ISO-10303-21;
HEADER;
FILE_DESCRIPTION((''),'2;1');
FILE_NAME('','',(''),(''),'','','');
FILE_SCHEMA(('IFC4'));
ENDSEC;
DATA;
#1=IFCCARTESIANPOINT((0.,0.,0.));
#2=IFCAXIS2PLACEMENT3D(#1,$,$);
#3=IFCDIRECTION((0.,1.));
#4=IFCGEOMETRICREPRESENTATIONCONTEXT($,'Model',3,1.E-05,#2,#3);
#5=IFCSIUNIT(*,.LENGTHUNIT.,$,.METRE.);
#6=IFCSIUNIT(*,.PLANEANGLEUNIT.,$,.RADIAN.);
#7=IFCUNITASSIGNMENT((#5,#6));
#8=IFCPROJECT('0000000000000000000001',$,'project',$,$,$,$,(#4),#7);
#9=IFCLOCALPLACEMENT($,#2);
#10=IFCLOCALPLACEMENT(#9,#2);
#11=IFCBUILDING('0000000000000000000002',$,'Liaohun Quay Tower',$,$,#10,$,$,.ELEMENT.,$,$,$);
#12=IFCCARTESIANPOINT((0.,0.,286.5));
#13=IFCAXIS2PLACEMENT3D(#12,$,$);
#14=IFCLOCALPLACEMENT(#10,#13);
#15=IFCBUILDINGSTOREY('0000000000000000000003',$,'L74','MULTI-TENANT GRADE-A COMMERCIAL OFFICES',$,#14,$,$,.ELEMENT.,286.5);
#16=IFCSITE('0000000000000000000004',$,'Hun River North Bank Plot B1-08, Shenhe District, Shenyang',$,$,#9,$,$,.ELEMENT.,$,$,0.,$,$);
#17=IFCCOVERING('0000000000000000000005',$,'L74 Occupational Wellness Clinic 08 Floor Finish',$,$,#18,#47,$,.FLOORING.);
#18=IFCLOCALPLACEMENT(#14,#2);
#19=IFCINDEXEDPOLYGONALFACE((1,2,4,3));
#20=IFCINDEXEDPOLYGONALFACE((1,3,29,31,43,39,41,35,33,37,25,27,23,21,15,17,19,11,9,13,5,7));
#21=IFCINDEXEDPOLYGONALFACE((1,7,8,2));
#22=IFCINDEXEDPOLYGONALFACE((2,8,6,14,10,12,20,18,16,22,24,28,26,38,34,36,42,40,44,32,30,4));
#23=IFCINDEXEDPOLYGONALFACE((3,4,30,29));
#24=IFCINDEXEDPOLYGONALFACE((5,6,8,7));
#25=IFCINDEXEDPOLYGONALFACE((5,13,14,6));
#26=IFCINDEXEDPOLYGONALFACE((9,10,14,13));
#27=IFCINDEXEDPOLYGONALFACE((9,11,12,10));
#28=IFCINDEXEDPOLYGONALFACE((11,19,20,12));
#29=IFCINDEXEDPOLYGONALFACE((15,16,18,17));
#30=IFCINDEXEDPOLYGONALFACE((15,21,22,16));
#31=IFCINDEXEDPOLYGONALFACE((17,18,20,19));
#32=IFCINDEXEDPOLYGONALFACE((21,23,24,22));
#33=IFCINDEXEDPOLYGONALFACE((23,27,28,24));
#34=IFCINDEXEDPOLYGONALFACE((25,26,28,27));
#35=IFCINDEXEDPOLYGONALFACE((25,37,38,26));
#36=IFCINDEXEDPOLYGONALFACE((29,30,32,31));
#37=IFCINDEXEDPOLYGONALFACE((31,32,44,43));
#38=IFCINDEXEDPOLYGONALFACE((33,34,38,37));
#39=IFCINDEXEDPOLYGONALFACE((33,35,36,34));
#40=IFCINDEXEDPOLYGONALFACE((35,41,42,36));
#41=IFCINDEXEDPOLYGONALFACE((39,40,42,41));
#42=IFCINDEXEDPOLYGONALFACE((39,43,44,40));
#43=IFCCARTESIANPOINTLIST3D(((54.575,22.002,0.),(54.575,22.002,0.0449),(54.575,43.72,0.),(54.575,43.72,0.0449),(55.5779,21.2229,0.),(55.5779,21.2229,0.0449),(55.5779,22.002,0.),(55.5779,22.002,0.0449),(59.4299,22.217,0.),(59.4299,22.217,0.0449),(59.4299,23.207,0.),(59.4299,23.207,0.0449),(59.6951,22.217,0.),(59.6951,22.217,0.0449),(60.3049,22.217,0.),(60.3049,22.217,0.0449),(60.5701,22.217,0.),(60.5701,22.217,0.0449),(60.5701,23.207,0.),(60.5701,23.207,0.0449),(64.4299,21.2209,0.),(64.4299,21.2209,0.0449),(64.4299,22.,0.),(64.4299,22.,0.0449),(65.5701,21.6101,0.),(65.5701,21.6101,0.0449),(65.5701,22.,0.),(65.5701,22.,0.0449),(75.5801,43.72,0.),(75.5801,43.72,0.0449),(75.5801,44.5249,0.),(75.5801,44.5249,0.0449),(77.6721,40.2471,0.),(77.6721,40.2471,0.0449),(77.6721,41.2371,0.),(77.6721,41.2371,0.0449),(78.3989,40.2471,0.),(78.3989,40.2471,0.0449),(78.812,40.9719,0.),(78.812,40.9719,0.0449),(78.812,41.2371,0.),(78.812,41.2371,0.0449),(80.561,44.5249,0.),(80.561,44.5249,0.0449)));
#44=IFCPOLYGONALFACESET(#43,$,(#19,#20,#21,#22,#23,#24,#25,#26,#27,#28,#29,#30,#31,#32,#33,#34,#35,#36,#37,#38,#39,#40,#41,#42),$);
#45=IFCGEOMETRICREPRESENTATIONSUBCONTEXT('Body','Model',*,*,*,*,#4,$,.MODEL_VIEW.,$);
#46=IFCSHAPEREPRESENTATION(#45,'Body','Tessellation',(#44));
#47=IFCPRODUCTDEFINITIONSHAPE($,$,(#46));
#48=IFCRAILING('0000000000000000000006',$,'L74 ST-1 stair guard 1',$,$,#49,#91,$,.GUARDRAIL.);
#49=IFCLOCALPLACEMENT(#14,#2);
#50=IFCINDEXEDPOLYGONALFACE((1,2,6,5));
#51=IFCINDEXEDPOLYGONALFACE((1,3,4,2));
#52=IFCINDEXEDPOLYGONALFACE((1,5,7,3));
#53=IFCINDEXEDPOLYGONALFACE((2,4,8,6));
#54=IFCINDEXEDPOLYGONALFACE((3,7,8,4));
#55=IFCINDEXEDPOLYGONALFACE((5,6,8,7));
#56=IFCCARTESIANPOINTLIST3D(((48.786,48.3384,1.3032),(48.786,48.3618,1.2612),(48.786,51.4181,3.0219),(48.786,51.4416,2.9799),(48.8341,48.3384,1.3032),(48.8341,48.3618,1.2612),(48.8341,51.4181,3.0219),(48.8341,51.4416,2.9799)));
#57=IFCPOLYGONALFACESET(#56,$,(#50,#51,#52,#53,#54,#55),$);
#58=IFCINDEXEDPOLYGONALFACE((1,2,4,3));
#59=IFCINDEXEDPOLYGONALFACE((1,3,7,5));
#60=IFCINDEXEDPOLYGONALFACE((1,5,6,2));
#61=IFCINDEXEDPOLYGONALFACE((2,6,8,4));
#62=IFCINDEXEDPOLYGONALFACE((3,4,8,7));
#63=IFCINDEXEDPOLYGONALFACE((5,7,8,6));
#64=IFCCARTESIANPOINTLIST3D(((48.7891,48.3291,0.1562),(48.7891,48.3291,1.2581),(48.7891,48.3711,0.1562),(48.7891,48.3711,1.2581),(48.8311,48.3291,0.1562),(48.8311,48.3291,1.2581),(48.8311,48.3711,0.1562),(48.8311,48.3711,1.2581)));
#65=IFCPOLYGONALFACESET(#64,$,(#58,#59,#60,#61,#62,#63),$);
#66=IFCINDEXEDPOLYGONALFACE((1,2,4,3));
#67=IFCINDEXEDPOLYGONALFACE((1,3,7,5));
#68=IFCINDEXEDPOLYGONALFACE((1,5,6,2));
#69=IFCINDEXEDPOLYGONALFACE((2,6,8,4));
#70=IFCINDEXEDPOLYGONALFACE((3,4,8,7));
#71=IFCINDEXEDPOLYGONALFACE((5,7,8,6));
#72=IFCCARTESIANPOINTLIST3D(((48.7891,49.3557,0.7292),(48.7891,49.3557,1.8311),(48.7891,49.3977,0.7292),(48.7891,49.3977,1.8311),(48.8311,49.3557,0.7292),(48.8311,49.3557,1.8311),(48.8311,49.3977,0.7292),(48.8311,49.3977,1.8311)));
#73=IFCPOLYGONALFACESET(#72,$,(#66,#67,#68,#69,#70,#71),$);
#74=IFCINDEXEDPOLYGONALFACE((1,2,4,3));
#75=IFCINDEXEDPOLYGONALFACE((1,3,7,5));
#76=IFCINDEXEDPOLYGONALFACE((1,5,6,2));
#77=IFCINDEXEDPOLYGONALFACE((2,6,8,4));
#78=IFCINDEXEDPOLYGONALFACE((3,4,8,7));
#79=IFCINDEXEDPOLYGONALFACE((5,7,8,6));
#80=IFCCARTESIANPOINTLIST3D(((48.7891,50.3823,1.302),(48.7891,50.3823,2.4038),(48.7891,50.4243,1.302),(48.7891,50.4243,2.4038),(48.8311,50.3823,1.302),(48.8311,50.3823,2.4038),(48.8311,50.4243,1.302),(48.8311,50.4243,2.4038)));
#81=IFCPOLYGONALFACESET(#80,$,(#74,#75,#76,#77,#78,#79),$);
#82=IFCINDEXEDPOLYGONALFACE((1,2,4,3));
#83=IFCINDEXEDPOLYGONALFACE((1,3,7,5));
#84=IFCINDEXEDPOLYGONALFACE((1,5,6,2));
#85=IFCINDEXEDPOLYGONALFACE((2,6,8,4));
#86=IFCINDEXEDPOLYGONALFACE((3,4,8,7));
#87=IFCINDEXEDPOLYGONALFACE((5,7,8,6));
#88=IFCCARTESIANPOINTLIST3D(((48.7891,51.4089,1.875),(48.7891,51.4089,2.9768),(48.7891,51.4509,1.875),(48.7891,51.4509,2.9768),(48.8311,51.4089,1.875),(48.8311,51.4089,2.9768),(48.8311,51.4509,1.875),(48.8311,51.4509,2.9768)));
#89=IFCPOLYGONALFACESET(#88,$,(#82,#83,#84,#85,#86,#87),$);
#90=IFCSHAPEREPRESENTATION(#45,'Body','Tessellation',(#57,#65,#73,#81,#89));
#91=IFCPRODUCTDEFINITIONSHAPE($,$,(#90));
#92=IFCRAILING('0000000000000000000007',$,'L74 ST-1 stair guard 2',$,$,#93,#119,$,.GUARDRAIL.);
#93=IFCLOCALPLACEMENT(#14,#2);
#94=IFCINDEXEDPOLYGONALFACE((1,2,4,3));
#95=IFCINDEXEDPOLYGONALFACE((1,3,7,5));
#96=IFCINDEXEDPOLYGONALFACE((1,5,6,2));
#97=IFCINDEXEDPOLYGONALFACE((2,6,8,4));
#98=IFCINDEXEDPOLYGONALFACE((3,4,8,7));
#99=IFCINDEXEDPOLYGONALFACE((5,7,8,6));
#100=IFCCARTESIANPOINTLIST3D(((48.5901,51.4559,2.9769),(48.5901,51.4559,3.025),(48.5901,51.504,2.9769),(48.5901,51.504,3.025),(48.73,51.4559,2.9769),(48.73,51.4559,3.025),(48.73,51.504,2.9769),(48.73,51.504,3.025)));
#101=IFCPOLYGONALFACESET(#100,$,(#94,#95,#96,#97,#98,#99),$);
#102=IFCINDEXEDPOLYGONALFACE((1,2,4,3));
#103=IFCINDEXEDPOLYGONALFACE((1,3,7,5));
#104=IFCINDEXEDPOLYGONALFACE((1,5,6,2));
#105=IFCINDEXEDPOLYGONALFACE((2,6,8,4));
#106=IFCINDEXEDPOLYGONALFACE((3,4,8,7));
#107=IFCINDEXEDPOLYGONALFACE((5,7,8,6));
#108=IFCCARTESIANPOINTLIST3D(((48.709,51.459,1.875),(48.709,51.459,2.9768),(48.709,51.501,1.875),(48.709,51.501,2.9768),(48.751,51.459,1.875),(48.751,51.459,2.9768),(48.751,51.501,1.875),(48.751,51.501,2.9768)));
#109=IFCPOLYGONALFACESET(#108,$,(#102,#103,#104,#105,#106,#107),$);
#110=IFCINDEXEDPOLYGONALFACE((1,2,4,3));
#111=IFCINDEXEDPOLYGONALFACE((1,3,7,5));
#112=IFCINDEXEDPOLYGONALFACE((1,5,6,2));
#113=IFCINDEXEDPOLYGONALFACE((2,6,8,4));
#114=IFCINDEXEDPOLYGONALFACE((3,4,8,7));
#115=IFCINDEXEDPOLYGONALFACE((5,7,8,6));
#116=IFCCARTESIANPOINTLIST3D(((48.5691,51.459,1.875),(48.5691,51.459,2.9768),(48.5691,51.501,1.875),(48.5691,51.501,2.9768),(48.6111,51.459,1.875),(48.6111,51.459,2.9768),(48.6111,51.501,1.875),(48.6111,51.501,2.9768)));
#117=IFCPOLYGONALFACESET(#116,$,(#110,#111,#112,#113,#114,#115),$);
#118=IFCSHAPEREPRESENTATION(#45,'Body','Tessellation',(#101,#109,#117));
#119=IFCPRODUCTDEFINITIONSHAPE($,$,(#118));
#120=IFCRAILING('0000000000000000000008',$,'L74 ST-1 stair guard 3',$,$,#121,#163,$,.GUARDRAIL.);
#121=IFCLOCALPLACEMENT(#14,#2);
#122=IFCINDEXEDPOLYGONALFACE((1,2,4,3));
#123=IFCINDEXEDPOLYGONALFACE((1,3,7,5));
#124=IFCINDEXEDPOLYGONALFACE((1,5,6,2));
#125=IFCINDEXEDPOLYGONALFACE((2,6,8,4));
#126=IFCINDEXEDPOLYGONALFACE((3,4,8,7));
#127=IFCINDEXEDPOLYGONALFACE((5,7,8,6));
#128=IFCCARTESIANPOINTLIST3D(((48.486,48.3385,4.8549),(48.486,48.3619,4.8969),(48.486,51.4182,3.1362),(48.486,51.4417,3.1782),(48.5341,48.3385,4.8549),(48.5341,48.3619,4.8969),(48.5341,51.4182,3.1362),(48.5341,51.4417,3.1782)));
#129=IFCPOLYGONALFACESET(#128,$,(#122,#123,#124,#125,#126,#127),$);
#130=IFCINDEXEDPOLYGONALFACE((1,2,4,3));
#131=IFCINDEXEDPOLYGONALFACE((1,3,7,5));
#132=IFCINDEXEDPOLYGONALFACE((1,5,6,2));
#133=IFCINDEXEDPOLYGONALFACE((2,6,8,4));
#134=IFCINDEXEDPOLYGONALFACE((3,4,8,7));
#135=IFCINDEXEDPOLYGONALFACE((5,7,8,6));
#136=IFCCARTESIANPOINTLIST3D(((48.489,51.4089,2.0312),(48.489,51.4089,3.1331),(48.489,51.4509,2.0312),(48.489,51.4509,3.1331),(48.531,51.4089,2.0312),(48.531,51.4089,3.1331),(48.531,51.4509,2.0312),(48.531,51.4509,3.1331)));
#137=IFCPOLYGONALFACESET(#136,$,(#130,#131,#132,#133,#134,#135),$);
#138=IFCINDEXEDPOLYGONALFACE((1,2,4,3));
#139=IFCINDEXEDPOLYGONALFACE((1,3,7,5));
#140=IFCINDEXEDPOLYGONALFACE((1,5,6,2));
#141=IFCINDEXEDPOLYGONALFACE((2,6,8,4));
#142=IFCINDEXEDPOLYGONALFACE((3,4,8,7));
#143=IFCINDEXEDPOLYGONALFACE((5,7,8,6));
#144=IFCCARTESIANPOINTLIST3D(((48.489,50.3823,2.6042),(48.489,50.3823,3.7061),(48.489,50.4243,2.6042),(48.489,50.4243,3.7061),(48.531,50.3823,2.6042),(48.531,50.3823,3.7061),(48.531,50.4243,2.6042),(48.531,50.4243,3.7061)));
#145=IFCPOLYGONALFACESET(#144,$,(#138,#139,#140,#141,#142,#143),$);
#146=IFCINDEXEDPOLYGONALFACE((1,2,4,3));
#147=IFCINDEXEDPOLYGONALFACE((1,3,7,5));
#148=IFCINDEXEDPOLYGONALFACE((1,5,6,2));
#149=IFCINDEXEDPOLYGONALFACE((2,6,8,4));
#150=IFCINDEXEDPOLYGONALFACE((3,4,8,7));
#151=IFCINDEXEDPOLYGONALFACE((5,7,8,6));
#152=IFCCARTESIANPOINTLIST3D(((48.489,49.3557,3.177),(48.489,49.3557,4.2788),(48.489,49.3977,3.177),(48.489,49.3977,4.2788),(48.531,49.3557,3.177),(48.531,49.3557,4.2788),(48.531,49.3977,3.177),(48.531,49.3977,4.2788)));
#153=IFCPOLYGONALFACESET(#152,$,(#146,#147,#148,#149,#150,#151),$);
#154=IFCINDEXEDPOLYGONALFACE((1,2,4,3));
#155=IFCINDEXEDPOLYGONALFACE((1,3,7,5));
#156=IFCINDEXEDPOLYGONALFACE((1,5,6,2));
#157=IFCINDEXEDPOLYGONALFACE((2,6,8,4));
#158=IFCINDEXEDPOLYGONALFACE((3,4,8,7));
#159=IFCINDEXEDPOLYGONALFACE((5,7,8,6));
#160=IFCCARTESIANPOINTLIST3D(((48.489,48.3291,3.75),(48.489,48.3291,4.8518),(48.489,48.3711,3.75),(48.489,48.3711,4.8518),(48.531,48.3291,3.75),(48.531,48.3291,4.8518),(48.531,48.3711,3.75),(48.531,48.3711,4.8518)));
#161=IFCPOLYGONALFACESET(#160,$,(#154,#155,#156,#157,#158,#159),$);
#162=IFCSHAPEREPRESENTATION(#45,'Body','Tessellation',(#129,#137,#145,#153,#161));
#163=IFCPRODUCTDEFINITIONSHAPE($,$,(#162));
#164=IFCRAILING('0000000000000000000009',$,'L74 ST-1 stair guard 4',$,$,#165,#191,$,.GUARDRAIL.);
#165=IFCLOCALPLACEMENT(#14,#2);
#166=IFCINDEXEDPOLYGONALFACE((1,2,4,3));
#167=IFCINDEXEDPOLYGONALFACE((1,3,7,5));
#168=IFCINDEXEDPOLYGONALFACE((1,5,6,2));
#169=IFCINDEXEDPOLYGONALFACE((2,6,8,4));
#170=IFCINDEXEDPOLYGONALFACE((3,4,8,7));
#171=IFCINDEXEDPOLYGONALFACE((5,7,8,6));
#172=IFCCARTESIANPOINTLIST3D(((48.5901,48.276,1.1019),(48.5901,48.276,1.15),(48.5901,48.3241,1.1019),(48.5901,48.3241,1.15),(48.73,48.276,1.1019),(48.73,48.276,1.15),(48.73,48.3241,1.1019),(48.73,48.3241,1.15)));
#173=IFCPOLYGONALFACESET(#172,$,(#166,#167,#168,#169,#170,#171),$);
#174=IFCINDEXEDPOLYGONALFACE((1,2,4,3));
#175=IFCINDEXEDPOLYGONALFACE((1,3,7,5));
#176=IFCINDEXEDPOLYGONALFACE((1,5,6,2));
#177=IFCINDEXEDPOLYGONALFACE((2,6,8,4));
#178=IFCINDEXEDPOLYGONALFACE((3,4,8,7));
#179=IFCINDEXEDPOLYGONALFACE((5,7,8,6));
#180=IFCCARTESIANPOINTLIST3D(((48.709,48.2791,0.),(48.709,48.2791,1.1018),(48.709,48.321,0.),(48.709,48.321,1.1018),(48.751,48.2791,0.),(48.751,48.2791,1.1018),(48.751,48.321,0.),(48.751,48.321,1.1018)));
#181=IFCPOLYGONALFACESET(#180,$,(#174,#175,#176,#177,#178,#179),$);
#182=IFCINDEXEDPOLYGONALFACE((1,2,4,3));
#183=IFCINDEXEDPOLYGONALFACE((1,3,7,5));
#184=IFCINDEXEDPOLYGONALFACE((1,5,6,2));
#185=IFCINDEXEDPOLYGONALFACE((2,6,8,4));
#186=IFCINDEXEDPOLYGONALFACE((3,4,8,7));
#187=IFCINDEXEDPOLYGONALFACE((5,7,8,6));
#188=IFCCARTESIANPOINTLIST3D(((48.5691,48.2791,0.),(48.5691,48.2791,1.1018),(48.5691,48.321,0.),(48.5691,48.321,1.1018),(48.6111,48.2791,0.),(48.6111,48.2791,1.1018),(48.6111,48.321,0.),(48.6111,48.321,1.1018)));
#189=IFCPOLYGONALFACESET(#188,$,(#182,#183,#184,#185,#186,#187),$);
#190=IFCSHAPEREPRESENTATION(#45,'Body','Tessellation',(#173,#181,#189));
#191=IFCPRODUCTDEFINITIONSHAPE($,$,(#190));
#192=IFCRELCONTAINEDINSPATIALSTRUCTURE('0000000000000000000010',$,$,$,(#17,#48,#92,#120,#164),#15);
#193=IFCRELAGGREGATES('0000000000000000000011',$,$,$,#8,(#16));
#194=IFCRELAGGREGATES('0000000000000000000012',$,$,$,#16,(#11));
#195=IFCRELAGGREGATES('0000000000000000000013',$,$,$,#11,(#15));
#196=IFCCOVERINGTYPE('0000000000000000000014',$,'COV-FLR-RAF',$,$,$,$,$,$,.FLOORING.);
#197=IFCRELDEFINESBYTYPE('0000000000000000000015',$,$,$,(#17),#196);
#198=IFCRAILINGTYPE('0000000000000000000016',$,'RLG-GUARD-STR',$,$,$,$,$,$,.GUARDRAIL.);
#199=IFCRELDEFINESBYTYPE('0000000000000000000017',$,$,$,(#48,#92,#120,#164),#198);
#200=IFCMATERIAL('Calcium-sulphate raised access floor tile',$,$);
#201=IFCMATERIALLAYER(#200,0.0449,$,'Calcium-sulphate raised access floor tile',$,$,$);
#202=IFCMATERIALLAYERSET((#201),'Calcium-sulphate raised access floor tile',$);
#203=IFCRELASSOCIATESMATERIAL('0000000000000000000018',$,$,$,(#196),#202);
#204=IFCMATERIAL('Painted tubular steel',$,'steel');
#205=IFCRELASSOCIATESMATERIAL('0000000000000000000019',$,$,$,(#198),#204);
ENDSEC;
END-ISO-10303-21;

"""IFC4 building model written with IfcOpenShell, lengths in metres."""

from ifc_helpers import new_model, si_unit, direction, frame, origin, origin_2d, place, context, subcontext, project, spatial, polyline, rectangle, outline, extrude, material, layer, layer_set, type_object, element, save


model = new_model("IFC4")

# Units and contexts
model_context = context("Model", 3, precision=1e-05, world=origin(), true_north=direction((0.0, 1.0)))
body_context = subcontext(model_context, "Body", "Model", "MODEL_VIEW")
ifc_project = project(units=[si_unit("LENGTHUNIT", "METRE"), si_unit("PLANEANGLEUNIT", "RADIAN")], contexts=[model_context])

# Site, building, storey
site_placement = place(None, origin())
site = spatial("IfcSite", under=ifc_project, at=site_placement, Name="Hun River North Bank Plot B1-08, Shenhe District, Shenyang", CompositionType="ELEMENT", RefElevation=0.0)
building_placement = place(site_placement, origin())
building = spatial("IfcBuilding", under=site, at=building_placement, Name="Liaohun Quay Tower", CompositionType="ELEMENT")
storey_placement = place(building_placement, frame((0.0, 0.0, 286.5)))
storey = spatial("IfcBuildingStorey", under=building, at=storey_placement, Name="L74", Description="MULTI-TENANT GRADE-A COMMERCIAL OFFICES", CompositionType="ELEMENT", Elevation=286.5)

# Covering
ifc_material_1 = material(Name="Calcium-sulphate raised access floor tile")
ifc_layer_1 = layer(ifc_material_1, 0.0449, Name="Calcium-sulphate raised access floor tile")
ifc_layer_set_1 = layer_set([ifc_layer_1], Name="Calcium-sulphate raised access floor tile")
covering_type_1 = type_object("IfcCoveringType", Name="COV-FLR-RAF", PredefinedType="FLOORING", material=ifc_layer_set_1)
covering_1_placement = place(storey_placement, origin())
element("IfcCovering", 1, at=covering_1_placement, inside=storey, type_object=covering_type_1, Name="L74 Occupational Wellness Clinic 08 Floor Finish", PredefinedType="FLOORING", context=body_context, shape_type="SweptSolid", body=[
    extrude(outline(polyline([(75.5801, 43.72), (54.575, 43.72), (54.575, 22.002), (55.5779, 22.002), (55.5779, 21.2229), (59.6951, 22.217), (59.4299, 22.217), (59.4299, 23.207), (60.5701, 23.207), (60.5701, 22.217), (60.3049, 22.217), (64.4299, 21.2209), (64.4299, 22.0), (65.5701, 22.0), (65.5701, 21.6101), (78.3989, 40.2471), (77.6721, 40.2471), (77.6721, 41.2371), (78.812, 41.2371), (78.812, 40.9719), (80.561, 44.5249), (75.5801, 44.5249), (75.5801, 43.72)])), origin(), (0.0, 0.0, 1.0), 0.0449),
])

# Railings
ifc_material_2 = material(Name="Painted tubular steel", Category="steel")
railing_type_1 = type_object("IfcRailingType", Name="RLG-GUARD-STR", PredefinedType="GUARDRAIL", material=ifc_material_2)
railing_1_placement = place(storey_placement, frame((48.8101, 48.3501, 0.1562)))
element("IfcRailing", 2, at=railing_1_placement, inside=storey, type_object=railing_type_1, Name="L74 ST-1 stair guard 1", PredefinedType="GUARDRAIL", context=body_context, shape_type="SweptSolid", body=[
    extrude(rectangle(XDim=0.0481, YDim=0.0481, at=origin_2d()), frame((0.0, 0.0, 1.126), z_axis=(0.0, 0.873225, 0.487317), x_axis=(-1.0, 0.0, 0.0)), (0.0, 0.0, 1.0), 3.5269),
    extrude(rectangle(XDim=0.042, YDim=0.042, at=origin_2d()), origin(), (0.0, 0.0, 1.0), 1.1018),
    extrude(rectangle(XDim=0.042, YDim=0.042, at=origin_2d()), frame((0.0, 1.0266, 0.573)), (0.0, 0.0, 1.0), 1.1018),
    extrude(rectangle(XDim=0.042, YDim=0.042, at=origin_2d()), frame((0.0, 2.0532, 1.1458)), (0.0, 0.0, 1.0), 1.1018),
    extrude(rectangle(XDim=0.042, YDim=0.042, at=origin_2d()), frame((0.0, 3.0798, 1.7188)), (0.0, 0.0, 1.0), 1.1018),
])
railing_2_placement = place(storey_placement, frame((48.73, 51.48, 1.875)))
element("IfcRailing", 3, at=railing_2_placement, inside=storey, type_object=railing_type_1, Name="L74 ST-1 stair guard 2", PredefinedType="GUARDRAIL", context=body_context, shape_type="SweptSolid", body=[
    extrude(rectangle(XDim=0.0481, YDim=0.0481, at=origin_2d()), frame((0.0, 0.0, 1.126), z_axis=(-1.0, 0.0, 0.0), x_axis=(0.0, -1.0, 0.0)), (0.0, 0.0, 1.0), 0.1399),
    extrude(rectangle(XDim=0.042, YDim=0.042, at=origin_2d()), origin(), (0.0, 0.0, 1.0), 1.1018),
    extrude(rectangle(XDim=0.042, YDim=0.042, at=origin_2d()), frame((-0.1399, 0.0, 0.0)), (0.0, 0.0, 1.0), 1.1018),
])
railing_3_placement = place(storey_placement, frame((48.51, 51.4299, 2.0312)))
element("IfcRailing", 4, at=railing_3_placement, inside=storey, type_object=railing_type_1, Name="L74 ST-1 stair guard 3", PredefinedType="GUARDRAIL", context=body_context, shape_type="SweptSolid", body=[
    extrude(rectangle(XDim=0.0481, YDim=0.0481, at=origin_2d()), frame((0.0, 0.0, 1.126), z_axis=(0.0, -0.873225, 0.487317), x_axis=(1.0, 0.0, 0.0)), (0.0, 0.0, 1.0), 3.5269),
    extrude(rectangle(XDim=0.042, YDim=0.042, at=origin_2d()), origin(), (0.0, 0.0, 1.0), 1.1018),
    extrude(rectangle(XDim=0.042, YDim=0.042, at=origin_2d()), frame((0.0, -1.0266, 0.573)), (0.0, 0.0, 1.0), 1.1018),
    extrude(rectangle(XDim=0.042, YDim=0.042, at=origin_2d()), frame((0.0, -2.0532, 1.1458)), (0.0, 0.0, 1.0), 1.1018),
    extrude(rectangle(XDim=0.042, YDim=0.042, at=origin_2d()), frame((0.0, -3.0798, 1.7188)), (0.0, 0.0, 1.0), 1.1018),
])
railing_4_placement = place(storey_placement, frame((48.73, 48.3, 0.0)))
element("IfcRailing", 5, at=railing_4_placement, inside=storey, type_object=railing_type_1, Name="L74 ST-1 stair guard 4", PredefinedType="GUARDRAIL", context=body_context, shape_type="SweptSolid", body=[
    extrude(rectangle(XDim=0.0481, YDim=0.0481, at=origin_2d()), frame((0.0, 0.0, 1.126), z_axis=(-1.0, 0.0, 0.0), x_axis=(0.0, -1.0, 0.0)), (0.0, 0.0, 1.0), 0.1399),
    extrude(rectangle(XDim=0.042, YDim=0.042, at=origin_2d()), origin(), (0.0, 0.0, 1.0), 1.1018),
    extrude(rectangle(XDim=0.042, YDim=0.042, at=origin_2d()), frame((-0.1399, 0.0, 0.0)), (0.0, 0.0, 1.0), 1.1018),
])

save(model, "model.ifc")
